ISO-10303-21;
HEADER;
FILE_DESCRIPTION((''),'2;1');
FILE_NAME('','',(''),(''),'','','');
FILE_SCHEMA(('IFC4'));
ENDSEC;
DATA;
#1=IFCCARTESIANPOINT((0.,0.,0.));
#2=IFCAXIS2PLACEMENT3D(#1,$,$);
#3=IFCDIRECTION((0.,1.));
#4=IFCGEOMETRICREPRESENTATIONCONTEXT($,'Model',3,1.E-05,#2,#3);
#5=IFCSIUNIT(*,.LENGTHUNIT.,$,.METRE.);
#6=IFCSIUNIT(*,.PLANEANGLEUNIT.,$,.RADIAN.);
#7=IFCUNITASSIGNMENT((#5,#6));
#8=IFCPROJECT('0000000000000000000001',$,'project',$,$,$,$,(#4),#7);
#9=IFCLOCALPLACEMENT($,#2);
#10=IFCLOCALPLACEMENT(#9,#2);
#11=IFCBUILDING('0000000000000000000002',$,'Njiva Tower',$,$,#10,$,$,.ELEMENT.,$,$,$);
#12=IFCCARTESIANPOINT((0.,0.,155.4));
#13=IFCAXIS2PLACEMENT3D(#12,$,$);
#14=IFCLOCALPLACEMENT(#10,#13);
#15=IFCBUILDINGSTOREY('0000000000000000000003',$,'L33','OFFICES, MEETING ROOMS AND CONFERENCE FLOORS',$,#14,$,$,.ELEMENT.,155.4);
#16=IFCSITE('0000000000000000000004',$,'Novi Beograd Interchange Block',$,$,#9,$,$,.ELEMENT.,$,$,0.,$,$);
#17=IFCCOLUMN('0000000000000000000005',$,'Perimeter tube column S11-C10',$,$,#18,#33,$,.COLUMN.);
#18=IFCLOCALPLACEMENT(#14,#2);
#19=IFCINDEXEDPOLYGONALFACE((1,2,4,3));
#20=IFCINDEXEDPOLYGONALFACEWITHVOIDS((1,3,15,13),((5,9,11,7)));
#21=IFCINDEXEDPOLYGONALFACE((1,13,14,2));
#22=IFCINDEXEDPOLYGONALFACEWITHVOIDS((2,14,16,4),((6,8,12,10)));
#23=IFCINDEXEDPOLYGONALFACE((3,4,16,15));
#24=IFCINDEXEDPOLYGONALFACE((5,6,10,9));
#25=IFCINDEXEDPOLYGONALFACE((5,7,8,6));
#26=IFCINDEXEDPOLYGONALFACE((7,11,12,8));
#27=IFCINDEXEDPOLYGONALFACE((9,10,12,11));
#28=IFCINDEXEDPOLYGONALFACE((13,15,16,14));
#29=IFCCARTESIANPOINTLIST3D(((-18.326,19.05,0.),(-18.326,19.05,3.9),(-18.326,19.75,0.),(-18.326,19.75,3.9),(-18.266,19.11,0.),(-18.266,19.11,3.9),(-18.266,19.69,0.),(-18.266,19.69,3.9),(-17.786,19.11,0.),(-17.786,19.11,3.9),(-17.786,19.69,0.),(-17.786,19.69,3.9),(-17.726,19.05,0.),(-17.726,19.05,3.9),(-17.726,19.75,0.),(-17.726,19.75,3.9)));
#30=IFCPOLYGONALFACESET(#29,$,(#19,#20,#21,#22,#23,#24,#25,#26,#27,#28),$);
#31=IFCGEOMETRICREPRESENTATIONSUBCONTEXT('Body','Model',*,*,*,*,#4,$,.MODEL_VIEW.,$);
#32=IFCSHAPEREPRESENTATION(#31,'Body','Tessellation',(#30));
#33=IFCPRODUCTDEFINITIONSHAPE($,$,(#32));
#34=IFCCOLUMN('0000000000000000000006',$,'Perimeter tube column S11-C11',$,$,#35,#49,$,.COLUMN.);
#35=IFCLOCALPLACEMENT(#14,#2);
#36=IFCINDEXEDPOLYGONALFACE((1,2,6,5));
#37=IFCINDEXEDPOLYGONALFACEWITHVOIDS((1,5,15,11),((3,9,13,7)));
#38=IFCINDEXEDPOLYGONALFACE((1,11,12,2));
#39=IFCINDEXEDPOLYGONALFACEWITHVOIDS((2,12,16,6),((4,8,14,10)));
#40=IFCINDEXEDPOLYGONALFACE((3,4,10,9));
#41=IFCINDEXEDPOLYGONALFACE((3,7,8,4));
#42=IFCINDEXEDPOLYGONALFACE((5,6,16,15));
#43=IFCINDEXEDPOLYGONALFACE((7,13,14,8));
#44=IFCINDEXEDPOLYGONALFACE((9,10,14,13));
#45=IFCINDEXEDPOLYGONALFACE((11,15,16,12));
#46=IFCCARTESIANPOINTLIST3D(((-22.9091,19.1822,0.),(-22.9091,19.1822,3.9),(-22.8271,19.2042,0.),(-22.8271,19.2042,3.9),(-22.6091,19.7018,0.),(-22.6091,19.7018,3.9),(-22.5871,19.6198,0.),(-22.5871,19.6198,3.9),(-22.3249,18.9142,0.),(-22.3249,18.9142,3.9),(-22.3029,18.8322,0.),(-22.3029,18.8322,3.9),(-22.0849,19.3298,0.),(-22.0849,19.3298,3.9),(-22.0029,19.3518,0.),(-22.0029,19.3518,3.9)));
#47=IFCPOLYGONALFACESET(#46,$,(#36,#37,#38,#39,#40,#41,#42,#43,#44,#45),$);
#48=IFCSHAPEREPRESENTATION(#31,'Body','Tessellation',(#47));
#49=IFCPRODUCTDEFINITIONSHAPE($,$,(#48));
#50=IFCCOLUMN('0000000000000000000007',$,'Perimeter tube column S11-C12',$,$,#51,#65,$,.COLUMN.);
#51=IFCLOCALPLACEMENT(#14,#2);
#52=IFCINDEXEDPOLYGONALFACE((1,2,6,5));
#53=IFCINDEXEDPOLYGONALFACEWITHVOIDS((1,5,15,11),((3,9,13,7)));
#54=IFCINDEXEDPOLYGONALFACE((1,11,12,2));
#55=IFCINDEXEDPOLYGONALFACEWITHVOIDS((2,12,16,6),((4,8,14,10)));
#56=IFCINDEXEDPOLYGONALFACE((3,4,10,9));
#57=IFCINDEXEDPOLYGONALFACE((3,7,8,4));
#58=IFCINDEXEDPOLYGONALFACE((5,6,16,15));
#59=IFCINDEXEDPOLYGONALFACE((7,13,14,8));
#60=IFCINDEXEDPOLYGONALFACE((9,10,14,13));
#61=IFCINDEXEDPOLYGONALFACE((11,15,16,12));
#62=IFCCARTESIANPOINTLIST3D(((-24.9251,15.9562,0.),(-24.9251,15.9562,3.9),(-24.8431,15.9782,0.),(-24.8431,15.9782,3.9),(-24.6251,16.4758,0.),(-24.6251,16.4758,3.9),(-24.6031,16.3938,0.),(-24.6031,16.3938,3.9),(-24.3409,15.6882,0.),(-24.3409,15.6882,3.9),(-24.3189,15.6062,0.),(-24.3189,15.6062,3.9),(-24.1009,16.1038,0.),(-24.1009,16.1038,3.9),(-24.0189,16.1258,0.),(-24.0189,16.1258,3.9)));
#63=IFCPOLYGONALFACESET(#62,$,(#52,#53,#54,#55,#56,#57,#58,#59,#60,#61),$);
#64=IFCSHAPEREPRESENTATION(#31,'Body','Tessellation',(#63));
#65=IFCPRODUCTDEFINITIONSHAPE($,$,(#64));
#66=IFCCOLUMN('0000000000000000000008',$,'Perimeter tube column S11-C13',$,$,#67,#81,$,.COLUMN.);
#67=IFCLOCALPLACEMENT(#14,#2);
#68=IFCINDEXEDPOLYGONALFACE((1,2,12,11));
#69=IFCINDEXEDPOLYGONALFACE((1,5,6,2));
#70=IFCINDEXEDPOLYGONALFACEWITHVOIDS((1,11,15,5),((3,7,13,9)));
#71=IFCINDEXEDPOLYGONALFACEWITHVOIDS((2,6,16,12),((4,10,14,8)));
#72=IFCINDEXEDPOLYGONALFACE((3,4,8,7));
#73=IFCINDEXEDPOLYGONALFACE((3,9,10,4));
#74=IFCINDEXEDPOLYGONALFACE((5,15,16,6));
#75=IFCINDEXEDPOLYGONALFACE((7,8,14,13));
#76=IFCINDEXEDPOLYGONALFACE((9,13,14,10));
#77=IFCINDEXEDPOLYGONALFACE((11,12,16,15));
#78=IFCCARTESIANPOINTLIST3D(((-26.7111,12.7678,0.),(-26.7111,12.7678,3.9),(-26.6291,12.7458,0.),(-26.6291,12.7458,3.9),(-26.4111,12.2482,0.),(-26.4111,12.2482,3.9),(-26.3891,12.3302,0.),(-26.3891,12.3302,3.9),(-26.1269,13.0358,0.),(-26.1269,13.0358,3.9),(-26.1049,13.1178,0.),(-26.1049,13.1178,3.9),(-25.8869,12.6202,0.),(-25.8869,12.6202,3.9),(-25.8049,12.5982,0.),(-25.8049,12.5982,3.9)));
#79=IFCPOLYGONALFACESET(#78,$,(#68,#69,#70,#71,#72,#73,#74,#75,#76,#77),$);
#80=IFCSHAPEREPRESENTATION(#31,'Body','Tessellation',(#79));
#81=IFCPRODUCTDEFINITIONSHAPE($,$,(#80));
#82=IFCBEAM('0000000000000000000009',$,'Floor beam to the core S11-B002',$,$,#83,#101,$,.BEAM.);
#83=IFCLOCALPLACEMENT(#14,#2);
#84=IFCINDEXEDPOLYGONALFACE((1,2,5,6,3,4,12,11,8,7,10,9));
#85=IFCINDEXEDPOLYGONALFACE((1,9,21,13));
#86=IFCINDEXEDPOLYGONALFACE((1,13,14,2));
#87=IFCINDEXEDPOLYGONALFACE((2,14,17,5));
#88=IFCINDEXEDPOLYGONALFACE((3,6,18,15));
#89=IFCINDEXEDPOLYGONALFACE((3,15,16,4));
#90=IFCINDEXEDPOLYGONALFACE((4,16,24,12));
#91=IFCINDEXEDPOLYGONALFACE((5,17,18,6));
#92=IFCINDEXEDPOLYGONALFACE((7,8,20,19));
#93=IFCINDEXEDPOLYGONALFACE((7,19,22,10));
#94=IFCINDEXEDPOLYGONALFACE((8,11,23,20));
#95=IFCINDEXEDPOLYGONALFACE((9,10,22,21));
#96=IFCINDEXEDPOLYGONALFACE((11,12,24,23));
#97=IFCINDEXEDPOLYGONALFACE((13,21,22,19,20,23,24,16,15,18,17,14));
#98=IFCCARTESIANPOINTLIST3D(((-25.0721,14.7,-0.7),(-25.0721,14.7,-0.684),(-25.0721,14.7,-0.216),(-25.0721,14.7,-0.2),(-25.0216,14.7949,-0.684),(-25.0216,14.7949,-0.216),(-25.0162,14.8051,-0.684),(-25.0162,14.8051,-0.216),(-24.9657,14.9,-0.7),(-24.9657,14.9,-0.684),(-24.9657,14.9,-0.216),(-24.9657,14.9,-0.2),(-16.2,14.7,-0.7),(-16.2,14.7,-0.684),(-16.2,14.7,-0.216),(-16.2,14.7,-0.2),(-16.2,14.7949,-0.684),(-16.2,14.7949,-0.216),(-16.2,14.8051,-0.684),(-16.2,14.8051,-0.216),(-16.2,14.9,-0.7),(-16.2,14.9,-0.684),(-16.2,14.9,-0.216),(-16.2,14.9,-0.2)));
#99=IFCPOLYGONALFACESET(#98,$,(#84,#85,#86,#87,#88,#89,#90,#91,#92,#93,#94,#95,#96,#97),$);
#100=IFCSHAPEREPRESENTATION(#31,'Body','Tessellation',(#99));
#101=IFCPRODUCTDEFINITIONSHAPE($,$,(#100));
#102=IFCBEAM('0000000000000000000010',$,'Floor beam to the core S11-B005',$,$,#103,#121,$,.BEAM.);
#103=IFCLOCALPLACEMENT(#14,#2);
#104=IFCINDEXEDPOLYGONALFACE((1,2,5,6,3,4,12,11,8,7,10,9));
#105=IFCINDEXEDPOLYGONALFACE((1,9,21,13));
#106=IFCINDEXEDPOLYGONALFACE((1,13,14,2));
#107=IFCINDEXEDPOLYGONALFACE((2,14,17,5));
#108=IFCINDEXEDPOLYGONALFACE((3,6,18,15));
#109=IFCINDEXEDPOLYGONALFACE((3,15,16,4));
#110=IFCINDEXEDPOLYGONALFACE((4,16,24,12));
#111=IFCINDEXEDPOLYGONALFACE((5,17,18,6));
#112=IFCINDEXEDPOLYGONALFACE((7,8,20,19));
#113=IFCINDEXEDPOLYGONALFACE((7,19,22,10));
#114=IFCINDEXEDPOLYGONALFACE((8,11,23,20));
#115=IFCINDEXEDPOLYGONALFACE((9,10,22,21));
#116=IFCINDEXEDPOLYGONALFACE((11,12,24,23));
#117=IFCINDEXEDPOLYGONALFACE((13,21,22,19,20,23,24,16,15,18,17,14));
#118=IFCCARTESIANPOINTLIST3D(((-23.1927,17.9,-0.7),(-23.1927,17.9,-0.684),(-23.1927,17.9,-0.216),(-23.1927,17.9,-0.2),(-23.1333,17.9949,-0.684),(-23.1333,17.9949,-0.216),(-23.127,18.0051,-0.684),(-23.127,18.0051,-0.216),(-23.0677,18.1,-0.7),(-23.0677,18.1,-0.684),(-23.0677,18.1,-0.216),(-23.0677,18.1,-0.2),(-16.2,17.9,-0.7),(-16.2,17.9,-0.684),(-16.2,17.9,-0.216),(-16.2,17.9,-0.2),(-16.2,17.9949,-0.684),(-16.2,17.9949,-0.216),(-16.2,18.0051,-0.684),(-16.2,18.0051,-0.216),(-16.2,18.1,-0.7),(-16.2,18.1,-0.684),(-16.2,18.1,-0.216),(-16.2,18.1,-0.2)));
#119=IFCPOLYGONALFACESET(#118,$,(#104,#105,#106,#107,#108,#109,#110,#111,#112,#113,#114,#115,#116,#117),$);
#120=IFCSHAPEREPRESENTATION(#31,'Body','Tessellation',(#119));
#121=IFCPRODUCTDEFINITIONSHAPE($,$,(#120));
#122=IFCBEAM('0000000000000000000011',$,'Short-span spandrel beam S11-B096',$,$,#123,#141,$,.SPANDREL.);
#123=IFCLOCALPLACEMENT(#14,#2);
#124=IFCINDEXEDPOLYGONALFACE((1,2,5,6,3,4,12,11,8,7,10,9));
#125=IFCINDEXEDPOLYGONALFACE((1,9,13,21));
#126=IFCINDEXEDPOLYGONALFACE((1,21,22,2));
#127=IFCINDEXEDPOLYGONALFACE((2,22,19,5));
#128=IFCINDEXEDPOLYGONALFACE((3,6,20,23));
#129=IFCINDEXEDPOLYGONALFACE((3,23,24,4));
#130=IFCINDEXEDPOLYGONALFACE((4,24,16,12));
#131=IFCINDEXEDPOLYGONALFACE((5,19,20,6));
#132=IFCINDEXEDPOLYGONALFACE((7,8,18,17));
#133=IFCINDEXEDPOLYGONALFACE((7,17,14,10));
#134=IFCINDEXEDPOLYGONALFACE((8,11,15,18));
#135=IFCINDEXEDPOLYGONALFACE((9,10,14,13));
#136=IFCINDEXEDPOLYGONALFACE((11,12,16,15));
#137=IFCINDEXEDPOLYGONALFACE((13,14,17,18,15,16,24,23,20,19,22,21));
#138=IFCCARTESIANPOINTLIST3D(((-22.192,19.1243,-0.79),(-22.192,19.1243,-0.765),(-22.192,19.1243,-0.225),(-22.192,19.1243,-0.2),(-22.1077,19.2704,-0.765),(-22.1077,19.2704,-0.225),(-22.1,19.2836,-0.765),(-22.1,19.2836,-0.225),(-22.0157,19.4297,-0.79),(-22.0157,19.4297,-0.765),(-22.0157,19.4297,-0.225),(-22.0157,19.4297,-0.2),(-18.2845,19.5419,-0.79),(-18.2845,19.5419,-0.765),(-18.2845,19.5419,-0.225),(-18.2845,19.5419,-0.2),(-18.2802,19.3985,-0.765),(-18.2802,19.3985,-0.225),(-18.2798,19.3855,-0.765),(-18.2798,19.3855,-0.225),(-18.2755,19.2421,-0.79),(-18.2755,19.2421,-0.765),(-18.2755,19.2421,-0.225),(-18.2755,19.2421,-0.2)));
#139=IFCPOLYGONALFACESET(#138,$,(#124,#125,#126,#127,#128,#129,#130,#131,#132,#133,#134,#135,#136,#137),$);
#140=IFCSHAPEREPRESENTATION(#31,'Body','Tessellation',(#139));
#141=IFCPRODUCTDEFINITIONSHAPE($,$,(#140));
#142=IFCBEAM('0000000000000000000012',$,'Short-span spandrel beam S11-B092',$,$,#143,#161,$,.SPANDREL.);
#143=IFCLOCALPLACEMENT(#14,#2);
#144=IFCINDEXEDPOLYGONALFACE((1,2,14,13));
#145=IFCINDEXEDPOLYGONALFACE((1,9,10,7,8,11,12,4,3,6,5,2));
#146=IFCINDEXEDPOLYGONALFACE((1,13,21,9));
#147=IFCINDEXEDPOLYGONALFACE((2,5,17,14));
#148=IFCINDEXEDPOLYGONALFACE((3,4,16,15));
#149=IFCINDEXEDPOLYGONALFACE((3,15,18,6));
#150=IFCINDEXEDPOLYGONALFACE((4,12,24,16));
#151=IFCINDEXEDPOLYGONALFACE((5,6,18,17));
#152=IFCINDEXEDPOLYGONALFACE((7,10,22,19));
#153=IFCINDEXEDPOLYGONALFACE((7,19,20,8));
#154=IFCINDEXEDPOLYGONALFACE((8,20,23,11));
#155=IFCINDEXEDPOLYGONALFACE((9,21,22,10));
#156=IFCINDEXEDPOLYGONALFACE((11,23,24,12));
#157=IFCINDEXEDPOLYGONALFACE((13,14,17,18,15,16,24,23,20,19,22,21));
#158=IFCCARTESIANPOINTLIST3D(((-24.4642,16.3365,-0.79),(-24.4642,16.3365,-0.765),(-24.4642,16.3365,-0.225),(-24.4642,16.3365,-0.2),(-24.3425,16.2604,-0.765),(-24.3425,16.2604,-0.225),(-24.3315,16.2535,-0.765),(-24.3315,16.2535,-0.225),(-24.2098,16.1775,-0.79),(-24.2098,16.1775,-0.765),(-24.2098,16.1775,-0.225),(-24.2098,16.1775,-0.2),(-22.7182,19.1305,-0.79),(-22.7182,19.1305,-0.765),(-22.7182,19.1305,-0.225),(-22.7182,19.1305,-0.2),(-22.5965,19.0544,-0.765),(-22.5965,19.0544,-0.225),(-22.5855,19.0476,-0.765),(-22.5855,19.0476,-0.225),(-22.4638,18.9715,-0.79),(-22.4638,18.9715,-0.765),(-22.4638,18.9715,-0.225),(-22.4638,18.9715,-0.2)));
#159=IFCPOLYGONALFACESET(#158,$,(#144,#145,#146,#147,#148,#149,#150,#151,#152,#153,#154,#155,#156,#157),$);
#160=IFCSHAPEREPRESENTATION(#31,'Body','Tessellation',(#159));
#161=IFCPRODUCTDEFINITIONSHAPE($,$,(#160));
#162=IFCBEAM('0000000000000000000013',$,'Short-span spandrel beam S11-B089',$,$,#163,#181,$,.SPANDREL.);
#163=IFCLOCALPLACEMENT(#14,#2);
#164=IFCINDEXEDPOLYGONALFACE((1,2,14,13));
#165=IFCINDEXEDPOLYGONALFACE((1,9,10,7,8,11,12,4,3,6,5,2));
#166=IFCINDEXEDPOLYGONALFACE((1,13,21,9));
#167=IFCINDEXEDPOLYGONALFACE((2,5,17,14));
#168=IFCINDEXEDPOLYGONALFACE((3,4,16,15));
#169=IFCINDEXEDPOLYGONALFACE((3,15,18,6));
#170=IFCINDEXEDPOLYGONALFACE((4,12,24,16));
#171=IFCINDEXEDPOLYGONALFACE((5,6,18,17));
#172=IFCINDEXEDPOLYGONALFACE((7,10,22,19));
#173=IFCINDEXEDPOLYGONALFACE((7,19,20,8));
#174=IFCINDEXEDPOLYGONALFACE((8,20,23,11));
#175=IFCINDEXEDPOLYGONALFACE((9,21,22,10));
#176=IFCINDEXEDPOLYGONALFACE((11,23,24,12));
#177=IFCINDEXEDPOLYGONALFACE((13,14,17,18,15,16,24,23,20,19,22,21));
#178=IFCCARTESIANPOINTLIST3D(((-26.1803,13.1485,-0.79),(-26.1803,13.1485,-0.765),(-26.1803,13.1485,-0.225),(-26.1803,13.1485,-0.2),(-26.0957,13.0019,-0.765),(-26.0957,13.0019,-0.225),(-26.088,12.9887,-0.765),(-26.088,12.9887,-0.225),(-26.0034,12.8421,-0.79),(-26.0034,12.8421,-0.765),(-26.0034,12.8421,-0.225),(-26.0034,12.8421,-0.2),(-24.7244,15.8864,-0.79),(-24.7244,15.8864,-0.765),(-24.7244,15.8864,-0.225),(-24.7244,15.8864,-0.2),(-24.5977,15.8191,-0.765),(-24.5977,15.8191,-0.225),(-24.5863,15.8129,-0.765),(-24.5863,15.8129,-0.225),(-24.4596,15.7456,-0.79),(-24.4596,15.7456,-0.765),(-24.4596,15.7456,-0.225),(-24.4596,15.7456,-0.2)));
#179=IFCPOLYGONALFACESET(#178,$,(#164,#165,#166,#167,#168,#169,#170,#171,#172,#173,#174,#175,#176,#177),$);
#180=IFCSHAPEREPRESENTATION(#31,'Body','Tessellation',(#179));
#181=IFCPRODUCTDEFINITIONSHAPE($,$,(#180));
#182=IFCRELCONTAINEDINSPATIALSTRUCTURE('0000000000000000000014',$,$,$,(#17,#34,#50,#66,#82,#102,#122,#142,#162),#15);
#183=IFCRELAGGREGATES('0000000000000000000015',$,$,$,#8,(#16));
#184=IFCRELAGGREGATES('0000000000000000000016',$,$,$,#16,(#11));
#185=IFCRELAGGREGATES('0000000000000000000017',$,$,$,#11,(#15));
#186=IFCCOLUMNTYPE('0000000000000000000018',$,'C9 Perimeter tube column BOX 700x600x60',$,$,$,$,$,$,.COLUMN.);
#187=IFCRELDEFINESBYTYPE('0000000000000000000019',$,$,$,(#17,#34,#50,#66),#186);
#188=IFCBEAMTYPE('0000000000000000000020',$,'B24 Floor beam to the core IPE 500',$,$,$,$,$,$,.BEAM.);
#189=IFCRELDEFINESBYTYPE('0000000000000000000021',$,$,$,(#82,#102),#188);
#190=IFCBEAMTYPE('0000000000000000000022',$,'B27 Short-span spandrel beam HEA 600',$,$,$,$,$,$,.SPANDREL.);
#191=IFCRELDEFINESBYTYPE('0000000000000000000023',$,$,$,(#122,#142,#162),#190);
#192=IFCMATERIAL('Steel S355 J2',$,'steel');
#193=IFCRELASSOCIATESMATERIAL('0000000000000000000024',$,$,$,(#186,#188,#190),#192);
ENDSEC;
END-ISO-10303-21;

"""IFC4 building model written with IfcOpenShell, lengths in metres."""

from ifc_helpers import new_model, si_unit, direction, frame, origin, origin_2d, place, context, subcontext, project, spatial, hollow_rectangle, i_section, extrude, clip, halfspace, material, material_profile, profile_set, type_object, element, save


model = new_model("IFC4")

# Units and contexts
model_context = context("Model", 3, precision=1e-05, world=origin(), true_north=direction((0.0, 1.0)))
body_context = subcontext(model_context, "Body", "Model", "MODEL_VIEW")
ifc_project = project(units=[si_unit("LENGTHUNIT", "METRE"), si_unit("PLANEANGLEUNIT", "RADIAN")], contexts=[model_context])

# Site, building, storey
site_placement = place(None, origin())
site = spatial("IfcSite", under=ifc_project, at=site_placement, Name="Novi Beograd Interchange Block", CompositionType="ELEMENT", RefElevation=0.0)
building_placement = place(site_placement, origin())
building = spatial("IfcBuilding", under=site, at=building_placement, Name="Njiva Tower", CompositionType="ELEMENT")
storey_placement = place(building_placement, frame((0.0, 0.0, 155.4)))
storey = spatial("IfcBuildingStorey", under=building, at=storey_placement, Name="L33", Description="OFFICES, MEETING ROOMS AND CONFERENCE FLOORS", CompositionType="ELEMENT", Elevation=155.4)

# Columns
ifc_material_1 = material(Name="Steel S355 J2", Category="steel")
ifc_material_profile_1 = material_profile(ifc_material_1, hollow_rectangle(XDim=0.6, YDim=0.7, WallThickness=0.06, at=origin_2d()), Name="BOX 700x600x60")
ifc_profile_set_1 = profile_set([ifc_material_profile_1], Name="Steel S355 J2")
column_type = type_object("IfcColumnType", Name="C9 Perimeter tube column BOX 700x600x60", PredefinedType="COLUMN", material=ifc_profile_set_1)
for number, where, z_axis, x_axis, name in (
    (1, (-18.026, 19.4, 0.0), (0.0, 0.0, 1.0), (-1.0, 0.0, 0.0), "Perimeter tube column S11-C10"),
    (2, (-22.456, 19.267, 0.0), (0.0, 0.0, 1.0), (-0.5, -0.866025, 0.0), "Perimeter tube column S11-C11"),
    (3, (-24.472, 16.041, 0.0), (0.0, 0.0, 1.0), (-0.5, -0.866025, 0.0), "Perimeter tube column S11-C12"),
    (4, (-26.258, 12.683, 0.0), (0.0, 0.0, 1.0), (0.5, -0.866025, 0.0), "Perimeter tube column S11-C13"),
):
    element("IfcColumn", number, at=place(storey_placement, frame(where, z_axis=z_axis, x_axis=x_axis)), inside=storey, type_object=column_type, Name=name, PredefinedType="COLUMN", context=body_context, shape_type="SweptSolid", body=[
        extrude(hollow_rectangle(XDim=0.6, YDim=0.7, WallThickness=0.06, at=origin_2d()), origin(), (0.0, 0.0, 1.0), 3.9),
    ])

# Beams
ifc_material_profile_2 = material_profile(ifc_material_1, i_section(OverallWidth=0.2, OverallDepth=0.5, WebThickness=0.0102, FlangeThickness=0.016, at=origin_2d()), Name="IPE 500")
ifc_profile_set_2 = profile_set([ifc_material_profile_2], Name="Steel S355 J2")
beam_type_1 = type_object("IfcBeamType", Name="B24 Floor beam to the core IPE 500", PredefinedType="BEAM", material=ifc_profile_set_2)
beam_1_placement = place(storey_placement, frame((-25.092, 14.8, -0.45), z_axis=(1.0, 0.0, 0.0), x_axis=(0.0, 1.0, 0.0)))
element("IfcBeam", 5, at=beam_1_placement, inside=storey, type_object=beam_type_1, Name="Floor beam to the core S11-B002", PredefinedType="BEAM", context=body_context, shape_type="Clipping", body=[
    clip(extrude(i_section(OverallWidth=0.2, OverallDepth=0.5, WebThickness=0.0102, FlangeThickness=0.016, at=origin_2d()), origin(), (0.0, 0.0, 1.0), 8.892), halfspace(frame((0.0235, 0.0, 0.0856), z_axis=(0.46939, 0.0, -0.882991), x_axis=(0.0, -1.0, 0.0)), False)),
])
beam_2_placement = place(storey_placement, frame((-23.213, 18.0, -0.45), z_axis=(1.0, 0.0, 0.0), x_axis=(0.0, 1.0, 0.0)))
element("IfcBeam", 6, at=beam_2_placement, inside=storey, type_object=beam_type_1, Name="Floor beam to the core S11-B005", PredefinedType="BEAM", context=body_context, shape_type="Clipping", body=[
    clip(extrude(i_section(OverallWidth=0.2, OverallDepth=0.5, WebThickness=0.0102, FlangeThickness=0.016, at=origin_2d()), origin(), (0.0, 0.0, 1.0), 7.013), halfspace(frame((0.0265, 0.0, 0.0994), z_axis=(0.529999, 0.0, -0.847998), x_axis=(0.0, -1.0, 0.0)), False)),
])
ifc_material_profile_3 = material_profile(ifc_material_1, i_section(OverallWidth=0.3, OverallDepth=0.59, WebThickness=0.013, FlangeThickness=0.025, at=origin_2d()), Name="HEA 600")
ifc_profile_set_3 = profile_set([ifc_material_profile_3], Name="Steel S355 J2")
beam_type_2 = type_object("IfcBeamType", Name="B27 Short-span spandrel beam HEA 600", PredefinedType="SPANDREL", material=ifc_profile_set_3)
beam_3_placement = place(storey_placement, frame((-18.28, 19.392, -0.495), z_axis=(-0.999548, -0.03006, 0.0), x_axis=(0.03006, -0.999548, 0.0)))
element("IfcBeam", 7, at=beam_3_placement, inside=storey, type_object=beam_type_2, Name="Short-span spandrel beam S11-B096", PredefinedType="SPANDREL", context=body_context, shape_type="Clipping", body=[
    clip(extrude(i_section(OverallWidth=0.3, OverallDepth=0.59, WebThickness=0.013, FlangeThickness=0.025, at=origin_2d()), origin(), (0.0, 0.0, 1.0), 3.9387), halfspace(frame((-0.0268, 0.0, 3.809), z_axis=(-0.525805, 0.0, 0.850605), x_axis=(0.0, 1.0, 0.0)), False)),
])
beam_4_placement = place(storey_placement, frame((-22.591, 19.051, -0.495), z_axis=(-0.529944, -0.848032, 0.0), x_axis=(0.848032, -0.529944, 0.0)))
element("IfcBeam", 8, at=beam_4_placement, inside=storey, type_object=beam_type_2, Name="Short-span spandrel beam S11-B092", PredefinedType="SPANDREL", context=body_context, shape_type="SweptSolid", body=[
    extrude(i_section(OverallWidth=0.3, OverallDepth=0.59, WebThickness=0.013, FlangeThickness=0.025, at=origin_2d()), origin(), (0.0, 0.0, 1.0), 3.2947),
])
beam_5_placement = place(storey_placement, frame((-24.592, 15.816, -0.495), z_axis=(-0.469483, -0.882941, 0.0), x_axis=(0.882941, -0.469483, 0.0)))
element("IfcBeam", 9, at=beam_5_placement, inside=storey, type_object=beam_type_2, Name="Short-span spandrel beam S11-B089", PredefinedType="SPANDREL", context=body_context, shape_type="Clipping", body=[
    clip(extrude(i_section(OverallWidth=0.3, OverallDepth=0.59, WebThickness=0.013, FlangeThickness=0.025, at=origin_2d()), origin(), (0.0, 0.0, 1.0), 3.309), halfspace(frame((-0.0262, 0.0, 3.1783), z_axis=(-0.52991, 0.0, 0.848054), x_axis=(0.0, 1.0, 0.0)), False)),
])

save(model, "model.ifc")
